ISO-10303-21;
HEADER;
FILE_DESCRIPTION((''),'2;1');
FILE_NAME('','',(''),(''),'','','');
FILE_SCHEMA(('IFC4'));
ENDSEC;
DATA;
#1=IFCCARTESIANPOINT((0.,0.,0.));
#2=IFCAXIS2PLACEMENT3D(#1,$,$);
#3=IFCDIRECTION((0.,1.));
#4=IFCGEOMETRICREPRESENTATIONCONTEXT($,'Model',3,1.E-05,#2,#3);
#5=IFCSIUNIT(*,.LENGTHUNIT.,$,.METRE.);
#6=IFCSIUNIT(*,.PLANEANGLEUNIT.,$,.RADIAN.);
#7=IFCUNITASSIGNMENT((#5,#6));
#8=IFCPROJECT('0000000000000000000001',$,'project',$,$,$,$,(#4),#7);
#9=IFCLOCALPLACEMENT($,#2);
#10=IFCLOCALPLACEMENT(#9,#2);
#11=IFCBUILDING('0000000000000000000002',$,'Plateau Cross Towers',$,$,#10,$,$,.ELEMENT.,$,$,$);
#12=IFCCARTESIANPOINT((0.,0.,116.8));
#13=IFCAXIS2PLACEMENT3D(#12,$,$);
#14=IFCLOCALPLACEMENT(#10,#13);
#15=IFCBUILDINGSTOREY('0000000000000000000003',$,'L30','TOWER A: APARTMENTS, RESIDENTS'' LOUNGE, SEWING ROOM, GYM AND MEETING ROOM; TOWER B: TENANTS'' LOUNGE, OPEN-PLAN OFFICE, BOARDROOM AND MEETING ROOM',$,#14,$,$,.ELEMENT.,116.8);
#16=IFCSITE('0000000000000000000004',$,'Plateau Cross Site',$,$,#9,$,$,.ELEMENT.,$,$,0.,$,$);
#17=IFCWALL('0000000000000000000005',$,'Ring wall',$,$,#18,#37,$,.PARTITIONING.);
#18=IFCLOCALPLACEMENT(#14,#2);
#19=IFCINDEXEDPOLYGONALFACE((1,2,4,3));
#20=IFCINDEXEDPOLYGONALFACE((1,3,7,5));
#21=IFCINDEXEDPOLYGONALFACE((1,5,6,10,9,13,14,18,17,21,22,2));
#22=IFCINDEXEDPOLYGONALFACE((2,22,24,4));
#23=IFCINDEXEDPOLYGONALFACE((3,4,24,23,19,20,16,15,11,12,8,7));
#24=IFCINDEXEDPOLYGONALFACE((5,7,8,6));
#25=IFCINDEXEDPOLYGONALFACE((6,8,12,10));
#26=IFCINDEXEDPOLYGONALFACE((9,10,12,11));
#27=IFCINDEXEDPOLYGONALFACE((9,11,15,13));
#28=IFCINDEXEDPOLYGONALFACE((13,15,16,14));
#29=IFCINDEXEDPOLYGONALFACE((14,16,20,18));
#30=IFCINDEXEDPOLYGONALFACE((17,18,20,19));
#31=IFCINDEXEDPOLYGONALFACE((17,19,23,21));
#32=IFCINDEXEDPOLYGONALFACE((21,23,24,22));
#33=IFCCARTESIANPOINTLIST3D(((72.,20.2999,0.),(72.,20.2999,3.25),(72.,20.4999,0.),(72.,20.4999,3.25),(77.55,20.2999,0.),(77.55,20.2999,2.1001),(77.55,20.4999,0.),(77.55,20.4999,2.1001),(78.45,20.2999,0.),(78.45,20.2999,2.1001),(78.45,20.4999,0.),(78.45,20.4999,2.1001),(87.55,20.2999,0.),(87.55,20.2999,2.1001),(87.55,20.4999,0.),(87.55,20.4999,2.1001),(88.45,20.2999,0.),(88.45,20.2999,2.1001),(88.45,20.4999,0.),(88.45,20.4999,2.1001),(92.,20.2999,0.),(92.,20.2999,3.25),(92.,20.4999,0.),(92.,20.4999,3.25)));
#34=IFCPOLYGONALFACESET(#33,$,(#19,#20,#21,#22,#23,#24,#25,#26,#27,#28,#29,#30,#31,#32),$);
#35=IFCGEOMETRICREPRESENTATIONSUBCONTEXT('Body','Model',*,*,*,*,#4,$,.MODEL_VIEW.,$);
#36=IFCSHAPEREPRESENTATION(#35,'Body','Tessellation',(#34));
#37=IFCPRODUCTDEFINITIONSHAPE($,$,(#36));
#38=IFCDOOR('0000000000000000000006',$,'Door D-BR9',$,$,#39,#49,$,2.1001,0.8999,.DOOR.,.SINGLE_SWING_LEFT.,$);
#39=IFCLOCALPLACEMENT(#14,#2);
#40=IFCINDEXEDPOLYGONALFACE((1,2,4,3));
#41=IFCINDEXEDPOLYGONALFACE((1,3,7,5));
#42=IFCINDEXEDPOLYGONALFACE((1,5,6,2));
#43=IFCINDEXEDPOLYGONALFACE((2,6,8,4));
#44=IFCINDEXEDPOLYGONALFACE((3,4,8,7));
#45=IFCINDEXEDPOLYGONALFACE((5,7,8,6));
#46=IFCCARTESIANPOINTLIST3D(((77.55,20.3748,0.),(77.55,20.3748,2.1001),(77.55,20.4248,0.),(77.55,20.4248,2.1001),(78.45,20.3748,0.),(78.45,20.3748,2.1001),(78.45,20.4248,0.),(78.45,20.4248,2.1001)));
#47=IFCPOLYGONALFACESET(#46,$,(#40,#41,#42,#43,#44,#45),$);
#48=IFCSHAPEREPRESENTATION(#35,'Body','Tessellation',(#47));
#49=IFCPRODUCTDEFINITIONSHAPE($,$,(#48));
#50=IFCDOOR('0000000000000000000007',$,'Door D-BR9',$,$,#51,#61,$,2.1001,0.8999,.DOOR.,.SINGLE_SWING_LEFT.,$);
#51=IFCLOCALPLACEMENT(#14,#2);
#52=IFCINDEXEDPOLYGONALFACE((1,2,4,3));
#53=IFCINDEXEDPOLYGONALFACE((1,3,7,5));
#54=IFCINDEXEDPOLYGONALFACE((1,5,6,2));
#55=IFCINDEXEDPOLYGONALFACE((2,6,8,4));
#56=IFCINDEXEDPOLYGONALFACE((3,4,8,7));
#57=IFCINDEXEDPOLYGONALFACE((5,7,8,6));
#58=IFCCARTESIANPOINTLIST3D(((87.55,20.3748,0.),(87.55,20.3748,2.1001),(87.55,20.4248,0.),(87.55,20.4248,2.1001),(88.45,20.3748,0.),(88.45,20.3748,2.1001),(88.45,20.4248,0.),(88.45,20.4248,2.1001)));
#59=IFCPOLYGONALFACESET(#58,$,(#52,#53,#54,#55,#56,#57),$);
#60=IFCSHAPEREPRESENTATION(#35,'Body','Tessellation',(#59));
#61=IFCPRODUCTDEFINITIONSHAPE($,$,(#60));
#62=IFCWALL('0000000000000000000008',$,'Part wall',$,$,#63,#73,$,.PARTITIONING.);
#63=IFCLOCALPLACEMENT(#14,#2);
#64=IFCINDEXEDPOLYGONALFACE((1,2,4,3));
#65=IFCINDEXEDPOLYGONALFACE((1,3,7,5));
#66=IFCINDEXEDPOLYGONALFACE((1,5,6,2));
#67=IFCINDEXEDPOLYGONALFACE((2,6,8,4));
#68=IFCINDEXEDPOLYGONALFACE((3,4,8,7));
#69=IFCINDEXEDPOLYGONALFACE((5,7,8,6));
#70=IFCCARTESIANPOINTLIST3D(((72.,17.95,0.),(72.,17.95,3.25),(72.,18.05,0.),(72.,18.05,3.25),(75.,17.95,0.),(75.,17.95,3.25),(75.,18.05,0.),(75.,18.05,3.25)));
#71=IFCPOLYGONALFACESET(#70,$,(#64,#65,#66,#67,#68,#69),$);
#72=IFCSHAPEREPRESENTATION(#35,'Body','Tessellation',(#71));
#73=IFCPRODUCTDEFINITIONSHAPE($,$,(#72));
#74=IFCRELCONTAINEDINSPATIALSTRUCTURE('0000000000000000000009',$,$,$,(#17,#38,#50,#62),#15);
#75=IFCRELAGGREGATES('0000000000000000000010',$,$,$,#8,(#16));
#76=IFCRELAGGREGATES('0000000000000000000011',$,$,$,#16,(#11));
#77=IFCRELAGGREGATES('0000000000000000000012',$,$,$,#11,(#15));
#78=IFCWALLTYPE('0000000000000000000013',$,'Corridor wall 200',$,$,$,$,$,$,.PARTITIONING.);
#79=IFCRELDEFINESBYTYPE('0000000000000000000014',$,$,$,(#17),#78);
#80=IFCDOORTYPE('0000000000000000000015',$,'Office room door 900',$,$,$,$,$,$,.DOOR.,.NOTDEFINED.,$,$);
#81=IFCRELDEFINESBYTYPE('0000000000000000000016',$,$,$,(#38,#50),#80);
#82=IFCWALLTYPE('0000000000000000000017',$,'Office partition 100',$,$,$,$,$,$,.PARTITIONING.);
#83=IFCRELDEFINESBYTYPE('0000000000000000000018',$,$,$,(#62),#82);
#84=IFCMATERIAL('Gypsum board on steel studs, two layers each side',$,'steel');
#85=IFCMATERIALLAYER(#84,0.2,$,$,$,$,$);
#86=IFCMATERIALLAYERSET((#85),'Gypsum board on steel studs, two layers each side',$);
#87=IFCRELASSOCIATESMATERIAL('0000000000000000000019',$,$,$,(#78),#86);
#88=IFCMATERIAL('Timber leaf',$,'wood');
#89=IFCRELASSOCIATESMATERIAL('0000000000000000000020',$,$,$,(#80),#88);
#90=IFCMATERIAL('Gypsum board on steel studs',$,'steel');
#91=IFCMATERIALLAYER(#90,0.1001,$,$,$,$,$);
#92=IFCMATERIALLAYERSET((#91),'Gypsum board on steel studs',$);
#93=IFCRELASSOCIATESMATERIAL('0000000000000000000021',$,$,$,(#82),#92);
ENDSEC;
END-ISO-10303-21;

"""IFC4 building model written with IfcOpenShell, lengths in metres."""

from ifc_helpers import new_model, si_unit, direction, frame, frame_2d, origin, place, context, subcontext, project, spatial, rectangle, extrude, material, layer, layer_set, type_object, element, fill, save


model = new_model("IFC4")

# Units and contexts
model_context = context("Model", 3, precision=1e-05, world=origin(), true_north=direction((0.0, 1.0)))
body_context = subcontext(model_context, "Body", "Model", "MODEL_VIEW")
ifc_project = project(units=[si_unit("LENGTHUNIT", "METRE"), si_unit("PLANEANGLEUNIT", "RADIAN")], contexts=[model_context])

# Site, building, storey
site_placement = place(None, origin())
site = spatial("IfcSite", under=ifc_project, at=site_placement, Name="Plateau Cross Site", CompositionType="ELEMENT", RefElevation=0.0)
building_placement = place(site_placement, origin())
building = spatial("IfcBuilding", under=site, at=building_placement, Name="Plateau Cross Towers", CompositionType="ELEMENT")
storey_placement = place(building_placement, frame((0.0, 0.0, 116.8)))
storey = spatial("IfcBuildingStorey", under=building, at=storey_placement, Name="L30", Description="TOWER A: APARTMENTS, RESIDENTS' LOUNGE, SEWING ROOM, GYM AND MEETING ROOM; TOWER B: TENANTS' LOUNGE, OPEN-PLAN OFFICE, BOARDROOM AND MEETING ROOM", CompositionType="ELEMENT", Elevation=116.8)

# Wall, openings, doors
ifc_material_1 = material(Name="Gypsum board on steel studs, two layers each side", Category="steel")
ifc_layer_1 = layer(ifc_material_1, 0.2)
ifc_layer_set_1 = layer_set([ifc_layer_1], Name="Gypsum board on steel studs, two layers each side")
wall_type_1 = type_object("IfcWallType", Name="Corridor wall 200", PredefinedType="PARTITIONING", material=ifc_layer_set_1)
wall_1_placement = place(storey_placement, frame((72.0, 20.3999, 0.0), z_axis=(0.0, 0.0, 1.0), x_axis=(1.0, 0.0, 0.0)))
wall_1 = element("IfcWall", 1, at=wall_1_placement, inside=storey, type_object=wall_type_1, Name="Ring wall", PredefinedType="PARTITIONING", context=body_context, shape_type="SweptSolid", body=[
    extrude(rectangle(XDim=20.0, YDim=0.2, at=frame_2d((10.0, 0.0))), origin(), (0.0, 0.0, 1.0), 3.25),
])
opening_1_placement = place(wall_1_placement, frame((5.55, 0.0, 0.0)))
opening_1 = element("IfcOpeningElement", 2, at=opening_1_placement, cuts=wall_1, PredefinedType="OPENING", context=body_context, shape_type="SweptSolid", body=[
    extrude(rectangle(XDim=0.8999, YDim=2.1001, at=frame_2d((0.45, 1.05))), frame((0.0, 0.1099, 0.0), z_axis=(0.0, -1.0, 0.0), x_axis=(1.0, 0.0, 0.0)), (0.0, 0.0, 1.0), 0.22),
])
opening_2_placement = place(wall_1_placement, frame((15.55, 0.0, 0.0)))
opening_2 = element("IfcOpeningElement", 3, at=opening_2_placement, cuts=wall_1, PredefinedType="OPENING", context=body_context, shape_type="SweptSolid", body=[
    extrude(rectangle(XDim=0.8999, YDim=2.1001, at=frame_2d((0.45, 1.05))), frame((0.0, 0.1099, 0.0), z_axis=(0.0, -1.0, 0.0), x_axis=(1.0, 0.0, 0.0)), (0.0, 0.0, 1.0), 0.22),
])
ifc_material_2 = material(Name="Timber leaf", Category="wood")
door_type = type_object("IfcDoorType", Name="Office room door 900", OperationType="NOTDEFINED", PredefinedType="DOOR", material=ifc_material_2)
door_1_placement = place(opening_1_placement, origin())
door_1 = element("IfcDoor", 4, at=door_1_placement, inside=storey, type_object=door_type, Name="Door D-BR9", OperationType="SINGLE_SWING_LEFT", OverallHeight=2.1001, OverallWidth=0.8999, PredefinedType="DOOR", context=body_context, shape_type="SweptSolid", body=[
    extrude(rectangle(XDim=0.8999, YDim=2.1001, at=frame_2d((0.45, 1.05))), frame((0.0, 0.0249, 0.0), z_axis=(0.0, -1.0, 0.0), x_axis=(1.0, 0.0, 0.0)), (0.0, 0.0, 1.0), 0.05),
])
fill(opening_1, door_1)
door_2_placement = place(opening_2_placement, origin())
door_2 = element("IfcDoor", 5, at=door_2_placement, inside=storey, type_object=door_type, Name="Door D-BR9", OperationType="SINGLE_SWING_LEFT", OverallHeight=2.1001, OverallWidth=0.8999, PredefinedType="DOOR", context=body_context, shape_type="SweptSolid", body=[
    extrude(rectangle(XDim=0.8999, YDim=2.1001, at=frame_2d((0.45, 1.05))), frame((0.0, 0.0249, 0.0), z_axis=(0.0, -1.0, 0.0), x_axis=(1.0, 0.0, 0.0)), (0.0, 0.0, 1.0), 0.05),
])
fill(opening_2, door_2)

# Wall
ifc_material_3 = material(Name="Gypsum board on steel studs", Category="steel")
ifc_layer_2 = layer(ifc_material_3, 0.1001)
ifc_layer_set_2 = layer_set([ifc_layer_2], Name="Gypsum board on steel studs")
wall_type_2 = type_object("IfcWallType", Name="Office partition 100", PredefinedType="PARTITIONING", material=ifc_layer_set_2)
wall_2_placement = place(storey_placement, frame((72.0, 18.0, 0.0), z_axis=(0.0, 0.0, 1.0), x_axis=(1.0, 0.0, 0.0)))
element("IfcWall", 6, at=wall_2_placement, inside=storey, type_object=wall_type_2, Name="Part wall", PredefinedType="PARTITIONING", context=body_context, shape_type="SweptSolid", body=[
    extrude(rectangle(XDim=3.0, YDim=0.1001, at=frame_2d((1.5, 0.0))), origin(), (0.0, 0.0, 1.0), 3.25),
])

save(model, "model.ifc")
